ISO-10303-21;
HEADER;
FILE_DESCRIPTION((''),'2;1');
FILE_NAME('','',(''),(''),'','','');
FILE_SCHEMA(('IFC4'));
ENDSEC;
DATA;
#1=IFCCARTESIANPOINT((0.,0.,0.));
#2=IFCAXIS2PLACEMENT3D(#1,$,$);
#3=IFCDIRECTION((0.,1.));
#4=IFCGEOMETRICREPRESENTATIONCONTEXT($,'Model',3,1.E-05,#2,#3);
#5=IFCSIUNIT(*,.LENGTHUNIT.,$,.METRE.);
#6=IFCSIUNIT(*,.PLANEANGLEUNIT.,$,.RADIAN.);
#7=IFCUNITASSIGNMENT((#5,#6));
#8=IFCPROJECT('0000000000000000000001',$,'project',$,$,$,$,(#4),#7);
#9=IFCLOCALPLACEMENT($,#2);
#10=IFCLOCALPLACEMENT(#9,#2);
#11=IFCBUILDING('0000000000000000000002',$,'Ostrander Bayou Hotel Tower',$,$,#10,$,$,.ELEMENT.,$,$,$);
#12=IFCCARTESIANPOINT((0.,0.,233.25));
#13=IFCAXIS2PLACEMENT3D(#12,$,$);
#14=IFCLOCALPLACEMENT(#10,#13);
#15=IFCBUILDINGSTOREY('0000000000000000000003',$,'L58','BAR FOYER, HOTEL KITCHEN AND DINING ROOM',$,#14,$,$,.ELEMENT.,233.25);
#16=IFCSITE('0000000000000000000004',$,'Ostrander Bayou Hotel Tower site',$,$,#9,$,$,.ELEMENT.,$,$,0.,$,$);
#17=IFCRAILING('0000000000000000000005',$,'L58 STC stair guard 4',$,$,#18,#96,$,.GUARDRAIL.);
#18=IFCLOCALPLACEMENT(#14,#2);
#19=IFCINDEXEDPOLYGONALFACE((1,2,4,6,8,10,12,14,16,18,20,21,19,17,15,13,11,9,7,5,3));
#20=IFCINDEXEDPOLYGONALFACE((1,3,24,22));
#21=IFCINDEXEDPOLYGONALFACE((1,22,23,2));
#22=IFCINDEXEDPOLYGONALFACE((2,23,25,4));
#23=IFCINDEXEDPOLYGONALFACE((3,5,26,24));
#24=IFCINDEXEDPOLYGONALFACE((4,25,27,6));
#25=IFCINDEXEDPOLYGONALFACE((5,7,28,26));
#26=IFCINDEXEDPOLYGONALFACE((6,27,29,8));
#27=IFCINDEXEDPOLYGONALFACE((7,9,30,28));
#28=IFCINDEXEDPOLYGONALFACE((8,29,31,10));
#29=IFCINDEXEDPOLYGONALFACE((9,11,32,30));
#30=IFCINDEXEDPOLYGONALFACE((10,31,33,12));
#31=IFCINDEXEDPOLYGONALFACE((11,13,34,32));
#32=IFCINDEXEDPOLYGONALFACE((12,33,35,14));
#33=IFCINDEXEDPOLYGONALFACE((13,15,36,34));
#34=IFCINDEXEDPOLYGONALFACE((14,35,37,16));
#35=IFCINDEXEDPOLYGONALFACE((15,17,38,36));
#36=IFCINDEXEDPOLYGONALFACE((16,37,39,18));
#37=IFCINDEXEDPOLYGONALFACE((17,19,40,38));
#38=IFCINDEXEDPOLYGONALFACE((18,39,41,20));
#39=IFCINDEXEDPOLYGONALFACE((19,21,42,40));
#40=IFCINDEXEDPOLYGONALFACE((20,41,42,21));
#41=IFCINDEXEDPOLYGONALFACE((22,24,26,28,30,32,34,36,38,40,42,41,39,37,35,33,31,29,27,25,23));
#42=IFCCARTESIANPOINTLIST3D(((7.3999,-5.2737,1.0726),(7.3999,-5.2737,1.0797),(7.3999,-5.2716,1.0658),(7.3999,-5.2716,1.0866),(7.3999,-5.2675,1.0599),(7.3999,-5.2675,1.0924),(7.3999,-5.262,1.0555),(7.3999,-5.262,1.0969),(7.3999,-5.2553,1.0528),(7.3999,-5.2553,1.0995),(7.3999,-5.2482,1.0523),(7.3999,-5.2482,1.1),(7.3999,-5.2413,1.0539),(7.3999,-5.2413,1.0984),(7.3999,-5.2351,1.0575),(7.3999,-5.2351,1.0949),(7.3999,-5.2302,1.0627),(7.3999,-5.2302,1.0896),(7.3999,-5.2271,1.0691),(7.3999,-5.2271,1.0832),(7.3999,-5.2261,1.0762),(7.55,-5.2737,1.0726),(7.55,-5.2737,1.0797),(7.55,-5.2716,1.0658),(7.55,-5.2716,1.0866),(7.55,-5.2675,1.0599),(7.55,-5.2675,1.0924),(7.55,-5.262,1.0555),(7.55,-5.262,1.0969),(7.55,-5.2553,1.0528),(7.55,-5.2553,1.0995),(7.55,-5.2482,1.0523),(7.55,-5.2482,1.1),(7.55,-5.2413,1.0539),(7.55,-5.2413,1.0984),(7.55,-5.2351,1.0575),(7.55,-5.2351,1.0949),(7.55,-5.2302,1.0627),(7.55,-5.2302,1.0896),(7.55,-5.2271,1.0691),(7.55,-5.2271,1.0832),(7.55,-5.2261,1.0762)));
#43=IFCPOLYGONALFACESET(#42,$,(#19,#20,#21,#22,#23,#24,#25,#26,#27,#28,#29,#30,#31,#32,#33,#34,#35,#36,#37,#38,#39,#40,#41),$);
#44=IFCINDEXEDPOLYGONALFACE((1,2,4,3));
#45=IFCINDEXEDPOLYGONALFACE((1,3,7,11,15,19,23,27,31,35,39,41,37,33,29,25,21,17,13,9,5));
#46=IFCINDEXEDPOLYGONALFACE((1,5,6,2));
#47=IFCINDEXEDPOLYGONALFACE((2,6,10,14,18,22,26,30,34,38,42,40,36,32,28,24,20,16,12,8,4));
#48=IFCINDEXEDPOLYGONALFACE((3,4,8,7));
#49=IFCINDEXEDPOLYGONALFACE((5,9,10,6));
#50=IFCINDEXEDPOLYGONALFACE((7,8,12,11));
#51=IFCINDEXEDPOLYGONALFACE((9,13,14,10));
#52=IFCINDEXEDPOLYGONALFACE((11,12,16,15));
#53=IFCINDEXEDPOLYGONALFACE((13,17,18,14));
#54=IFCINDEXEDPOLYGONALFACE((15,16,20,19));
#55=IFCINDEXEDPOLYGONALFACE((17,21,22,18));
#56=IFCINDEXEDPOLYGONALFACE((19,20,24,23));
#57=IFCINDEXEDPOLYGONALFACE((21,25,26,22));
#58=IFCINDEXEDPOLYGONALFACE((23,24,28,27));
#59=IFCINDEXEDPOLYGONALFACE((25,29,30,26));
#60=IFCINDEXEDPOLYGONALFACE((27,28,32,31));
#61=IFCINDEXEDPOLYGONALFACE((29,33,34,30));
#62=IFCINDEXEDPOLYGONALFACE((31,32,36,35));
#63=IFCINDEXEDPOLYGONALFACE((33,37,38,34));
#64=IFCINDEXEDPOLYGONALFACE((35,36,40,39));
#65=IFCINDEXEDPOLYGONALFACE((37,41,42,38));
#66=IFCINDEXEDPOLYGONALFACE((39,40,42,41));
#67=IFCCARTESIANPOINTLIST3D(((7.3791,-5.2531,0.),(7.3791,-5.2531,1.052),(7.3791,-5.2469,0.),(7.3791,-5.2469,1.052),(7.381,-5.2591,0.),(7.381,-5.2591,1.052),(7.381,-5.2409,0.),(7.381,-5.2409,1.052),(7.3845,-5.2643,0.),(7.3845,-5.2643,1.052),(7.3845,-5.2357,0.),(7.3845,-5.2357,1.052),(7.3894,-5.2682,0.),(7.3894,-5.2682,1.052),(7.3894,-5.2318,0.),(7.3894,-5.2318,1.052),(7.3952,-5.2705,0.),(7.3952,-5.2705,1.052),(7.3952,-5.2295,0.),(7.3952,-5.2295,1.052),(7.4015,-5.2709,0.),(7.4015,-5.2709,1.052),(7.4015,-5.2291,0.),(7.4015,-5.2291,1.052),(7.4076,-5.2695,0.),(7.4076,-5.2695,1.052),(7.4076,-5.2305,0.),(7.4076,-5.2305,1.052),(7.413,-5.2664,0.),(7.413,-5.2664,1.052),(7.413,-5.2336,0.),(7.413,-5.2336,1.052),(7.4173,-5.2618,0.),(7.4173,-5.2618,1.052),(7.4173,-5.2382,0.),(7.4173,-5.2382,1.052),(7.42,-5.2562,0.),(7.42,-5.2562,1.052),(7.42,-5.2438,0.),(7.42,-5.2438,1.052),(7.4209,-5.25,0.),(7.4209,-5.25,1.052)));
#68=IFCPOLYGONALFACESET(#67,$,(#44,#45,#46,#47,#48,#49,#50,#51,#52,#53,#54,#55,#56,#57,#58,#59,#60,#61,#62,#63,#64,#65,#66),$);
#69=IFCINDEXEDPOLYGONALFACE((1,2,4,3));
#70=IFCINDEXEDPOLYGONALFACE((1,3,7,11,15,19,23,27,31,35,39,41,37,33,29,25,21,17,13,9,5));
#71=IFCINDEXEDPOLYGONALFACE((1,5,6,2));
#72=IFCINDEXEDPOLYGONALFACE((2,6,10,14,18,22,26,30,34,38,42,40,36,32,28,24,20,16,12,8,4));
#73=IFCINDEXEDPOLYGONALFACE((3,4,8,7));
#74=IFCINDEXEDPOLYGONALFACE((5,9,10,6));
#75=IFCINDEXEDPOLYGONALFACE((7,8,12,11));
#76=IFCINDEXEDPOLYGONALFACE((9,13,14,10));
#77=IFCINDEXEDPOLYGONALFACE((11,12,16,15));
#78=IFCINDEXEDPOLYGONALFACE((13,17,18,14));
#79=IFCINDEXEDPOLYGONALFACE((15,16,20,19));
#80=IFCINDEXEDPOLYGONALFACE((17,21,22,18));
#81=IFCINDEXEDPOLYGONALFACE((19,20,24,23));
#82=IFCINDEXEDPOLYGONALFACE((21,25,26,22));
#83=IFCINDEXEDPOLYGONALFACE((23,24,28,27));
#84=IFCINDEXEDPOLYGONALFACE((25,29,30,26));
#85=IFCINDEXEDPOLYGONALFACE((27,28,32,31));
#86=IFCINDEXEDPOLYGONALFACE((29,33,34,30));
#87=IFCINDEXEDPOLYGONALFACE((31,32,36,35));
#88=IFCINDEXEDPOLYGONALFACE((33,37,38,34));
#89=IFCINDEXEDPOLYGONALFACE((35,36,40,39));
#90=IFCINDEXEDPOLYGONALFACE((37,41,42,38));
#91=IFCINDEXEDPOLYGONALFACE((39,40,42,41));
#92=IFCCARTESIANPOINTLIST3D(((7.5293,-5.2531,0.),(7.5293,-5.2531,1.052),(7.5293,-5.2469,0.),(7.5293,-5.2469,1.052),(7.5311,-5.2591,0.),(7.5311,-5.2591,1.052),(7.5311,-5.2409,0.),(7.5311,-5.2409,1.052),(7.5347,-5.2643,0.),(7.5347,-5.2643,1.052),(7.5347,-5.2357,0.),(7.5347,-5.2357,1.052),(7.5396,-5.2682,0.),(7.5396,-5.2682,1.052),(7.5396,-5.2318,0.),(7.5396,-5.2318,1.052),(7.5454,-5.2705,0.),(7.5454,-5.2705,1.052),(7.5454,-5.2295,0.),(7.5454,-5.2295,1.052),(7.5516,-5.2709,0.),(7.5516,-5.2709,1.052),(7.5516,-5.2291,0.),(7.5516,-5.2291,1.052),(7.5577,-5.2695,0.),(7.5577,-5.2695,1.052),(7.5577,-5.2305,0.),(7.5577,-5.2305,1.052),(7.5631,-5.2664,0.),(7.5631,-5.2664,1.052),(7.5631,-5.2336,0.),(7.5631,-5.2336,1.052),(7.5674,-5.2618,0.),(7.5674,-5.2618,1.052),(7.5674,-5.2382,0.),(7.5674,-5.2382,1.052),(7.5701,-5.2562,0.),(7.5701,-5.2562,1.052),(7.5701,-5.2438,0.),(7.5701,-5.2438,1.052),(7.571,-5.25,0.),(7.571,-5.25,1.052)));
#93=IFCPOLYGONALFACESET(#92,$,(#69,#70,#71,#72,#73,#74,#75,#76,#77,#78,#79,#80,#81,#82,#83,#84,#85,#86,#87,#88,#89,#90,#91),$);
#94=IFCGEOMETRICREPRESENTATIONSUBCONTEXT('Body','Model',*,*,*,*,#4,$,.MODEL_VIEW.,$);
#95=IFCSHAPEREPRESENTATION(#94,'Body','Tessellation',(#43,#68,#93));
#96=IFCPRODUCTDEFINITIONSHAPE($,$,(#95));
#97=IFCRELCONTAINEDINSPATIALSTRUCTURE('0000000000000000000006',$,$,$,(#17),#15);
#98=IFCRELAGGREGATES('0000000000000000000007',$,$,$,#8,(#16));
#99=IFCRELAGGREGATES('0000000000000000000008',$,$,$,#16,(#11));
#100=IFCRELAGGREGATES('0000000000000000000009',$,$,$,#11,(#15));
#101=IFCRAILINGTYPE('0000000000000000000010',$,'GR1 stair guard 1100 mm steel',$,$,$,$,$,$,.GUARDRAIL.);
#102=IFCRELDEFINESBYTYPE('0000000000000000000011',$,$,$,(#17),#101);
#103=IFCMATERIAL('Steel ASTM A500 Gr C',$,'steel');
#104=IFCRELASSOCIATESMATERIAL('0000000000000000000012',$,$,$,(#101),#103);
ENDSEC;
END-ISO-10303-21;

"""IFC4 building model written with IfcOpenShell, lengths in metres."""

from ifc_helpers import new_model, si_unit, direction, frame, origin, origin_2d, place, context, subcontext, project, spatial, circle, extrude, material, type_object, element, save


model = new_model("IFC4")

# Units and contexts
model_context = context("Model", 3, precision=1e-05, world=origin(), true_north=direction((0.0, 1.0)))
body_context = subcontext(model_context, "Body", "Model", "MODEL_VIEW")
ifc_project = project(units=[si_unit("LENGTHUNIT", "METRE"), si_unit("PLANEANGLEUNIT", "RADIAN")], contexts=[model_context])

# Site, building, storey
site_placement = place(None, origin())
site = spatial("IfcSite", under=ifc_project, at=site_placement, Name="Ostrander Bayou Hotel Tower site", CompositionType="ELEMENT", RefElevation=0.0)
building_placement = place(site_placement, origin())
building = spatial("IfcBuilding", under=site, at=building_placement, Name="Ostrander Bayou Hotel Tower", CompositionType="ELEMENT")
storey_placement = place(building_placement, frame((0.0, 0.0, 233.25)))
storey = spatial("IfcBuildingStorey", under=building, at=storey_placement, Name="L58", Description="BAR FOYER, HOTEL KITCHEN AND DINING ROOM", CompositionType="ELEMENT", Elevation=233.25)

# Railing
ifc_material_1 = material(Name="Steel ASTM A500 Gr C", Category="steel")
railing_type_1 = type_object("IfcRailingType", Name="GR1 stair guard 1100 mm steel", PredefinedType="GUARDRAIL", material=ifc_material_1)
railing_1_placement = place(storey_placement, frame((7.3999, -5.25, 0.0)))
element("IfcRailing", 1, at=railing_1_placement, inside=storey, type_object=railing_type_1, Name="L58 STC stair guard 4", PredefinedType="GUARDRAIL", context=body_context, shape_type="SweptSolid", body=[
    extrude(circle(Radius=0.0239, at=origin_2d()), frame((0.0, 0.0, 1.0762), z_axis=(1.0, 0.0, 0.0), x_axis=(0.0, 1.0, 0.0)), (0.0, 0.0, 1.0), 0.1501),
    extrude(circle(Radius=0.021, at=origin_2d()), origin(), (0.0, 0.0, 1.0), 1.052),
    extrude(circle(Radius=0.021, at=origin_2d()), frame((0.1501, 0.0, 0.0)), (0.0, 0.0, 1.0), 1.052),
])

save(model, "model.ifc")
